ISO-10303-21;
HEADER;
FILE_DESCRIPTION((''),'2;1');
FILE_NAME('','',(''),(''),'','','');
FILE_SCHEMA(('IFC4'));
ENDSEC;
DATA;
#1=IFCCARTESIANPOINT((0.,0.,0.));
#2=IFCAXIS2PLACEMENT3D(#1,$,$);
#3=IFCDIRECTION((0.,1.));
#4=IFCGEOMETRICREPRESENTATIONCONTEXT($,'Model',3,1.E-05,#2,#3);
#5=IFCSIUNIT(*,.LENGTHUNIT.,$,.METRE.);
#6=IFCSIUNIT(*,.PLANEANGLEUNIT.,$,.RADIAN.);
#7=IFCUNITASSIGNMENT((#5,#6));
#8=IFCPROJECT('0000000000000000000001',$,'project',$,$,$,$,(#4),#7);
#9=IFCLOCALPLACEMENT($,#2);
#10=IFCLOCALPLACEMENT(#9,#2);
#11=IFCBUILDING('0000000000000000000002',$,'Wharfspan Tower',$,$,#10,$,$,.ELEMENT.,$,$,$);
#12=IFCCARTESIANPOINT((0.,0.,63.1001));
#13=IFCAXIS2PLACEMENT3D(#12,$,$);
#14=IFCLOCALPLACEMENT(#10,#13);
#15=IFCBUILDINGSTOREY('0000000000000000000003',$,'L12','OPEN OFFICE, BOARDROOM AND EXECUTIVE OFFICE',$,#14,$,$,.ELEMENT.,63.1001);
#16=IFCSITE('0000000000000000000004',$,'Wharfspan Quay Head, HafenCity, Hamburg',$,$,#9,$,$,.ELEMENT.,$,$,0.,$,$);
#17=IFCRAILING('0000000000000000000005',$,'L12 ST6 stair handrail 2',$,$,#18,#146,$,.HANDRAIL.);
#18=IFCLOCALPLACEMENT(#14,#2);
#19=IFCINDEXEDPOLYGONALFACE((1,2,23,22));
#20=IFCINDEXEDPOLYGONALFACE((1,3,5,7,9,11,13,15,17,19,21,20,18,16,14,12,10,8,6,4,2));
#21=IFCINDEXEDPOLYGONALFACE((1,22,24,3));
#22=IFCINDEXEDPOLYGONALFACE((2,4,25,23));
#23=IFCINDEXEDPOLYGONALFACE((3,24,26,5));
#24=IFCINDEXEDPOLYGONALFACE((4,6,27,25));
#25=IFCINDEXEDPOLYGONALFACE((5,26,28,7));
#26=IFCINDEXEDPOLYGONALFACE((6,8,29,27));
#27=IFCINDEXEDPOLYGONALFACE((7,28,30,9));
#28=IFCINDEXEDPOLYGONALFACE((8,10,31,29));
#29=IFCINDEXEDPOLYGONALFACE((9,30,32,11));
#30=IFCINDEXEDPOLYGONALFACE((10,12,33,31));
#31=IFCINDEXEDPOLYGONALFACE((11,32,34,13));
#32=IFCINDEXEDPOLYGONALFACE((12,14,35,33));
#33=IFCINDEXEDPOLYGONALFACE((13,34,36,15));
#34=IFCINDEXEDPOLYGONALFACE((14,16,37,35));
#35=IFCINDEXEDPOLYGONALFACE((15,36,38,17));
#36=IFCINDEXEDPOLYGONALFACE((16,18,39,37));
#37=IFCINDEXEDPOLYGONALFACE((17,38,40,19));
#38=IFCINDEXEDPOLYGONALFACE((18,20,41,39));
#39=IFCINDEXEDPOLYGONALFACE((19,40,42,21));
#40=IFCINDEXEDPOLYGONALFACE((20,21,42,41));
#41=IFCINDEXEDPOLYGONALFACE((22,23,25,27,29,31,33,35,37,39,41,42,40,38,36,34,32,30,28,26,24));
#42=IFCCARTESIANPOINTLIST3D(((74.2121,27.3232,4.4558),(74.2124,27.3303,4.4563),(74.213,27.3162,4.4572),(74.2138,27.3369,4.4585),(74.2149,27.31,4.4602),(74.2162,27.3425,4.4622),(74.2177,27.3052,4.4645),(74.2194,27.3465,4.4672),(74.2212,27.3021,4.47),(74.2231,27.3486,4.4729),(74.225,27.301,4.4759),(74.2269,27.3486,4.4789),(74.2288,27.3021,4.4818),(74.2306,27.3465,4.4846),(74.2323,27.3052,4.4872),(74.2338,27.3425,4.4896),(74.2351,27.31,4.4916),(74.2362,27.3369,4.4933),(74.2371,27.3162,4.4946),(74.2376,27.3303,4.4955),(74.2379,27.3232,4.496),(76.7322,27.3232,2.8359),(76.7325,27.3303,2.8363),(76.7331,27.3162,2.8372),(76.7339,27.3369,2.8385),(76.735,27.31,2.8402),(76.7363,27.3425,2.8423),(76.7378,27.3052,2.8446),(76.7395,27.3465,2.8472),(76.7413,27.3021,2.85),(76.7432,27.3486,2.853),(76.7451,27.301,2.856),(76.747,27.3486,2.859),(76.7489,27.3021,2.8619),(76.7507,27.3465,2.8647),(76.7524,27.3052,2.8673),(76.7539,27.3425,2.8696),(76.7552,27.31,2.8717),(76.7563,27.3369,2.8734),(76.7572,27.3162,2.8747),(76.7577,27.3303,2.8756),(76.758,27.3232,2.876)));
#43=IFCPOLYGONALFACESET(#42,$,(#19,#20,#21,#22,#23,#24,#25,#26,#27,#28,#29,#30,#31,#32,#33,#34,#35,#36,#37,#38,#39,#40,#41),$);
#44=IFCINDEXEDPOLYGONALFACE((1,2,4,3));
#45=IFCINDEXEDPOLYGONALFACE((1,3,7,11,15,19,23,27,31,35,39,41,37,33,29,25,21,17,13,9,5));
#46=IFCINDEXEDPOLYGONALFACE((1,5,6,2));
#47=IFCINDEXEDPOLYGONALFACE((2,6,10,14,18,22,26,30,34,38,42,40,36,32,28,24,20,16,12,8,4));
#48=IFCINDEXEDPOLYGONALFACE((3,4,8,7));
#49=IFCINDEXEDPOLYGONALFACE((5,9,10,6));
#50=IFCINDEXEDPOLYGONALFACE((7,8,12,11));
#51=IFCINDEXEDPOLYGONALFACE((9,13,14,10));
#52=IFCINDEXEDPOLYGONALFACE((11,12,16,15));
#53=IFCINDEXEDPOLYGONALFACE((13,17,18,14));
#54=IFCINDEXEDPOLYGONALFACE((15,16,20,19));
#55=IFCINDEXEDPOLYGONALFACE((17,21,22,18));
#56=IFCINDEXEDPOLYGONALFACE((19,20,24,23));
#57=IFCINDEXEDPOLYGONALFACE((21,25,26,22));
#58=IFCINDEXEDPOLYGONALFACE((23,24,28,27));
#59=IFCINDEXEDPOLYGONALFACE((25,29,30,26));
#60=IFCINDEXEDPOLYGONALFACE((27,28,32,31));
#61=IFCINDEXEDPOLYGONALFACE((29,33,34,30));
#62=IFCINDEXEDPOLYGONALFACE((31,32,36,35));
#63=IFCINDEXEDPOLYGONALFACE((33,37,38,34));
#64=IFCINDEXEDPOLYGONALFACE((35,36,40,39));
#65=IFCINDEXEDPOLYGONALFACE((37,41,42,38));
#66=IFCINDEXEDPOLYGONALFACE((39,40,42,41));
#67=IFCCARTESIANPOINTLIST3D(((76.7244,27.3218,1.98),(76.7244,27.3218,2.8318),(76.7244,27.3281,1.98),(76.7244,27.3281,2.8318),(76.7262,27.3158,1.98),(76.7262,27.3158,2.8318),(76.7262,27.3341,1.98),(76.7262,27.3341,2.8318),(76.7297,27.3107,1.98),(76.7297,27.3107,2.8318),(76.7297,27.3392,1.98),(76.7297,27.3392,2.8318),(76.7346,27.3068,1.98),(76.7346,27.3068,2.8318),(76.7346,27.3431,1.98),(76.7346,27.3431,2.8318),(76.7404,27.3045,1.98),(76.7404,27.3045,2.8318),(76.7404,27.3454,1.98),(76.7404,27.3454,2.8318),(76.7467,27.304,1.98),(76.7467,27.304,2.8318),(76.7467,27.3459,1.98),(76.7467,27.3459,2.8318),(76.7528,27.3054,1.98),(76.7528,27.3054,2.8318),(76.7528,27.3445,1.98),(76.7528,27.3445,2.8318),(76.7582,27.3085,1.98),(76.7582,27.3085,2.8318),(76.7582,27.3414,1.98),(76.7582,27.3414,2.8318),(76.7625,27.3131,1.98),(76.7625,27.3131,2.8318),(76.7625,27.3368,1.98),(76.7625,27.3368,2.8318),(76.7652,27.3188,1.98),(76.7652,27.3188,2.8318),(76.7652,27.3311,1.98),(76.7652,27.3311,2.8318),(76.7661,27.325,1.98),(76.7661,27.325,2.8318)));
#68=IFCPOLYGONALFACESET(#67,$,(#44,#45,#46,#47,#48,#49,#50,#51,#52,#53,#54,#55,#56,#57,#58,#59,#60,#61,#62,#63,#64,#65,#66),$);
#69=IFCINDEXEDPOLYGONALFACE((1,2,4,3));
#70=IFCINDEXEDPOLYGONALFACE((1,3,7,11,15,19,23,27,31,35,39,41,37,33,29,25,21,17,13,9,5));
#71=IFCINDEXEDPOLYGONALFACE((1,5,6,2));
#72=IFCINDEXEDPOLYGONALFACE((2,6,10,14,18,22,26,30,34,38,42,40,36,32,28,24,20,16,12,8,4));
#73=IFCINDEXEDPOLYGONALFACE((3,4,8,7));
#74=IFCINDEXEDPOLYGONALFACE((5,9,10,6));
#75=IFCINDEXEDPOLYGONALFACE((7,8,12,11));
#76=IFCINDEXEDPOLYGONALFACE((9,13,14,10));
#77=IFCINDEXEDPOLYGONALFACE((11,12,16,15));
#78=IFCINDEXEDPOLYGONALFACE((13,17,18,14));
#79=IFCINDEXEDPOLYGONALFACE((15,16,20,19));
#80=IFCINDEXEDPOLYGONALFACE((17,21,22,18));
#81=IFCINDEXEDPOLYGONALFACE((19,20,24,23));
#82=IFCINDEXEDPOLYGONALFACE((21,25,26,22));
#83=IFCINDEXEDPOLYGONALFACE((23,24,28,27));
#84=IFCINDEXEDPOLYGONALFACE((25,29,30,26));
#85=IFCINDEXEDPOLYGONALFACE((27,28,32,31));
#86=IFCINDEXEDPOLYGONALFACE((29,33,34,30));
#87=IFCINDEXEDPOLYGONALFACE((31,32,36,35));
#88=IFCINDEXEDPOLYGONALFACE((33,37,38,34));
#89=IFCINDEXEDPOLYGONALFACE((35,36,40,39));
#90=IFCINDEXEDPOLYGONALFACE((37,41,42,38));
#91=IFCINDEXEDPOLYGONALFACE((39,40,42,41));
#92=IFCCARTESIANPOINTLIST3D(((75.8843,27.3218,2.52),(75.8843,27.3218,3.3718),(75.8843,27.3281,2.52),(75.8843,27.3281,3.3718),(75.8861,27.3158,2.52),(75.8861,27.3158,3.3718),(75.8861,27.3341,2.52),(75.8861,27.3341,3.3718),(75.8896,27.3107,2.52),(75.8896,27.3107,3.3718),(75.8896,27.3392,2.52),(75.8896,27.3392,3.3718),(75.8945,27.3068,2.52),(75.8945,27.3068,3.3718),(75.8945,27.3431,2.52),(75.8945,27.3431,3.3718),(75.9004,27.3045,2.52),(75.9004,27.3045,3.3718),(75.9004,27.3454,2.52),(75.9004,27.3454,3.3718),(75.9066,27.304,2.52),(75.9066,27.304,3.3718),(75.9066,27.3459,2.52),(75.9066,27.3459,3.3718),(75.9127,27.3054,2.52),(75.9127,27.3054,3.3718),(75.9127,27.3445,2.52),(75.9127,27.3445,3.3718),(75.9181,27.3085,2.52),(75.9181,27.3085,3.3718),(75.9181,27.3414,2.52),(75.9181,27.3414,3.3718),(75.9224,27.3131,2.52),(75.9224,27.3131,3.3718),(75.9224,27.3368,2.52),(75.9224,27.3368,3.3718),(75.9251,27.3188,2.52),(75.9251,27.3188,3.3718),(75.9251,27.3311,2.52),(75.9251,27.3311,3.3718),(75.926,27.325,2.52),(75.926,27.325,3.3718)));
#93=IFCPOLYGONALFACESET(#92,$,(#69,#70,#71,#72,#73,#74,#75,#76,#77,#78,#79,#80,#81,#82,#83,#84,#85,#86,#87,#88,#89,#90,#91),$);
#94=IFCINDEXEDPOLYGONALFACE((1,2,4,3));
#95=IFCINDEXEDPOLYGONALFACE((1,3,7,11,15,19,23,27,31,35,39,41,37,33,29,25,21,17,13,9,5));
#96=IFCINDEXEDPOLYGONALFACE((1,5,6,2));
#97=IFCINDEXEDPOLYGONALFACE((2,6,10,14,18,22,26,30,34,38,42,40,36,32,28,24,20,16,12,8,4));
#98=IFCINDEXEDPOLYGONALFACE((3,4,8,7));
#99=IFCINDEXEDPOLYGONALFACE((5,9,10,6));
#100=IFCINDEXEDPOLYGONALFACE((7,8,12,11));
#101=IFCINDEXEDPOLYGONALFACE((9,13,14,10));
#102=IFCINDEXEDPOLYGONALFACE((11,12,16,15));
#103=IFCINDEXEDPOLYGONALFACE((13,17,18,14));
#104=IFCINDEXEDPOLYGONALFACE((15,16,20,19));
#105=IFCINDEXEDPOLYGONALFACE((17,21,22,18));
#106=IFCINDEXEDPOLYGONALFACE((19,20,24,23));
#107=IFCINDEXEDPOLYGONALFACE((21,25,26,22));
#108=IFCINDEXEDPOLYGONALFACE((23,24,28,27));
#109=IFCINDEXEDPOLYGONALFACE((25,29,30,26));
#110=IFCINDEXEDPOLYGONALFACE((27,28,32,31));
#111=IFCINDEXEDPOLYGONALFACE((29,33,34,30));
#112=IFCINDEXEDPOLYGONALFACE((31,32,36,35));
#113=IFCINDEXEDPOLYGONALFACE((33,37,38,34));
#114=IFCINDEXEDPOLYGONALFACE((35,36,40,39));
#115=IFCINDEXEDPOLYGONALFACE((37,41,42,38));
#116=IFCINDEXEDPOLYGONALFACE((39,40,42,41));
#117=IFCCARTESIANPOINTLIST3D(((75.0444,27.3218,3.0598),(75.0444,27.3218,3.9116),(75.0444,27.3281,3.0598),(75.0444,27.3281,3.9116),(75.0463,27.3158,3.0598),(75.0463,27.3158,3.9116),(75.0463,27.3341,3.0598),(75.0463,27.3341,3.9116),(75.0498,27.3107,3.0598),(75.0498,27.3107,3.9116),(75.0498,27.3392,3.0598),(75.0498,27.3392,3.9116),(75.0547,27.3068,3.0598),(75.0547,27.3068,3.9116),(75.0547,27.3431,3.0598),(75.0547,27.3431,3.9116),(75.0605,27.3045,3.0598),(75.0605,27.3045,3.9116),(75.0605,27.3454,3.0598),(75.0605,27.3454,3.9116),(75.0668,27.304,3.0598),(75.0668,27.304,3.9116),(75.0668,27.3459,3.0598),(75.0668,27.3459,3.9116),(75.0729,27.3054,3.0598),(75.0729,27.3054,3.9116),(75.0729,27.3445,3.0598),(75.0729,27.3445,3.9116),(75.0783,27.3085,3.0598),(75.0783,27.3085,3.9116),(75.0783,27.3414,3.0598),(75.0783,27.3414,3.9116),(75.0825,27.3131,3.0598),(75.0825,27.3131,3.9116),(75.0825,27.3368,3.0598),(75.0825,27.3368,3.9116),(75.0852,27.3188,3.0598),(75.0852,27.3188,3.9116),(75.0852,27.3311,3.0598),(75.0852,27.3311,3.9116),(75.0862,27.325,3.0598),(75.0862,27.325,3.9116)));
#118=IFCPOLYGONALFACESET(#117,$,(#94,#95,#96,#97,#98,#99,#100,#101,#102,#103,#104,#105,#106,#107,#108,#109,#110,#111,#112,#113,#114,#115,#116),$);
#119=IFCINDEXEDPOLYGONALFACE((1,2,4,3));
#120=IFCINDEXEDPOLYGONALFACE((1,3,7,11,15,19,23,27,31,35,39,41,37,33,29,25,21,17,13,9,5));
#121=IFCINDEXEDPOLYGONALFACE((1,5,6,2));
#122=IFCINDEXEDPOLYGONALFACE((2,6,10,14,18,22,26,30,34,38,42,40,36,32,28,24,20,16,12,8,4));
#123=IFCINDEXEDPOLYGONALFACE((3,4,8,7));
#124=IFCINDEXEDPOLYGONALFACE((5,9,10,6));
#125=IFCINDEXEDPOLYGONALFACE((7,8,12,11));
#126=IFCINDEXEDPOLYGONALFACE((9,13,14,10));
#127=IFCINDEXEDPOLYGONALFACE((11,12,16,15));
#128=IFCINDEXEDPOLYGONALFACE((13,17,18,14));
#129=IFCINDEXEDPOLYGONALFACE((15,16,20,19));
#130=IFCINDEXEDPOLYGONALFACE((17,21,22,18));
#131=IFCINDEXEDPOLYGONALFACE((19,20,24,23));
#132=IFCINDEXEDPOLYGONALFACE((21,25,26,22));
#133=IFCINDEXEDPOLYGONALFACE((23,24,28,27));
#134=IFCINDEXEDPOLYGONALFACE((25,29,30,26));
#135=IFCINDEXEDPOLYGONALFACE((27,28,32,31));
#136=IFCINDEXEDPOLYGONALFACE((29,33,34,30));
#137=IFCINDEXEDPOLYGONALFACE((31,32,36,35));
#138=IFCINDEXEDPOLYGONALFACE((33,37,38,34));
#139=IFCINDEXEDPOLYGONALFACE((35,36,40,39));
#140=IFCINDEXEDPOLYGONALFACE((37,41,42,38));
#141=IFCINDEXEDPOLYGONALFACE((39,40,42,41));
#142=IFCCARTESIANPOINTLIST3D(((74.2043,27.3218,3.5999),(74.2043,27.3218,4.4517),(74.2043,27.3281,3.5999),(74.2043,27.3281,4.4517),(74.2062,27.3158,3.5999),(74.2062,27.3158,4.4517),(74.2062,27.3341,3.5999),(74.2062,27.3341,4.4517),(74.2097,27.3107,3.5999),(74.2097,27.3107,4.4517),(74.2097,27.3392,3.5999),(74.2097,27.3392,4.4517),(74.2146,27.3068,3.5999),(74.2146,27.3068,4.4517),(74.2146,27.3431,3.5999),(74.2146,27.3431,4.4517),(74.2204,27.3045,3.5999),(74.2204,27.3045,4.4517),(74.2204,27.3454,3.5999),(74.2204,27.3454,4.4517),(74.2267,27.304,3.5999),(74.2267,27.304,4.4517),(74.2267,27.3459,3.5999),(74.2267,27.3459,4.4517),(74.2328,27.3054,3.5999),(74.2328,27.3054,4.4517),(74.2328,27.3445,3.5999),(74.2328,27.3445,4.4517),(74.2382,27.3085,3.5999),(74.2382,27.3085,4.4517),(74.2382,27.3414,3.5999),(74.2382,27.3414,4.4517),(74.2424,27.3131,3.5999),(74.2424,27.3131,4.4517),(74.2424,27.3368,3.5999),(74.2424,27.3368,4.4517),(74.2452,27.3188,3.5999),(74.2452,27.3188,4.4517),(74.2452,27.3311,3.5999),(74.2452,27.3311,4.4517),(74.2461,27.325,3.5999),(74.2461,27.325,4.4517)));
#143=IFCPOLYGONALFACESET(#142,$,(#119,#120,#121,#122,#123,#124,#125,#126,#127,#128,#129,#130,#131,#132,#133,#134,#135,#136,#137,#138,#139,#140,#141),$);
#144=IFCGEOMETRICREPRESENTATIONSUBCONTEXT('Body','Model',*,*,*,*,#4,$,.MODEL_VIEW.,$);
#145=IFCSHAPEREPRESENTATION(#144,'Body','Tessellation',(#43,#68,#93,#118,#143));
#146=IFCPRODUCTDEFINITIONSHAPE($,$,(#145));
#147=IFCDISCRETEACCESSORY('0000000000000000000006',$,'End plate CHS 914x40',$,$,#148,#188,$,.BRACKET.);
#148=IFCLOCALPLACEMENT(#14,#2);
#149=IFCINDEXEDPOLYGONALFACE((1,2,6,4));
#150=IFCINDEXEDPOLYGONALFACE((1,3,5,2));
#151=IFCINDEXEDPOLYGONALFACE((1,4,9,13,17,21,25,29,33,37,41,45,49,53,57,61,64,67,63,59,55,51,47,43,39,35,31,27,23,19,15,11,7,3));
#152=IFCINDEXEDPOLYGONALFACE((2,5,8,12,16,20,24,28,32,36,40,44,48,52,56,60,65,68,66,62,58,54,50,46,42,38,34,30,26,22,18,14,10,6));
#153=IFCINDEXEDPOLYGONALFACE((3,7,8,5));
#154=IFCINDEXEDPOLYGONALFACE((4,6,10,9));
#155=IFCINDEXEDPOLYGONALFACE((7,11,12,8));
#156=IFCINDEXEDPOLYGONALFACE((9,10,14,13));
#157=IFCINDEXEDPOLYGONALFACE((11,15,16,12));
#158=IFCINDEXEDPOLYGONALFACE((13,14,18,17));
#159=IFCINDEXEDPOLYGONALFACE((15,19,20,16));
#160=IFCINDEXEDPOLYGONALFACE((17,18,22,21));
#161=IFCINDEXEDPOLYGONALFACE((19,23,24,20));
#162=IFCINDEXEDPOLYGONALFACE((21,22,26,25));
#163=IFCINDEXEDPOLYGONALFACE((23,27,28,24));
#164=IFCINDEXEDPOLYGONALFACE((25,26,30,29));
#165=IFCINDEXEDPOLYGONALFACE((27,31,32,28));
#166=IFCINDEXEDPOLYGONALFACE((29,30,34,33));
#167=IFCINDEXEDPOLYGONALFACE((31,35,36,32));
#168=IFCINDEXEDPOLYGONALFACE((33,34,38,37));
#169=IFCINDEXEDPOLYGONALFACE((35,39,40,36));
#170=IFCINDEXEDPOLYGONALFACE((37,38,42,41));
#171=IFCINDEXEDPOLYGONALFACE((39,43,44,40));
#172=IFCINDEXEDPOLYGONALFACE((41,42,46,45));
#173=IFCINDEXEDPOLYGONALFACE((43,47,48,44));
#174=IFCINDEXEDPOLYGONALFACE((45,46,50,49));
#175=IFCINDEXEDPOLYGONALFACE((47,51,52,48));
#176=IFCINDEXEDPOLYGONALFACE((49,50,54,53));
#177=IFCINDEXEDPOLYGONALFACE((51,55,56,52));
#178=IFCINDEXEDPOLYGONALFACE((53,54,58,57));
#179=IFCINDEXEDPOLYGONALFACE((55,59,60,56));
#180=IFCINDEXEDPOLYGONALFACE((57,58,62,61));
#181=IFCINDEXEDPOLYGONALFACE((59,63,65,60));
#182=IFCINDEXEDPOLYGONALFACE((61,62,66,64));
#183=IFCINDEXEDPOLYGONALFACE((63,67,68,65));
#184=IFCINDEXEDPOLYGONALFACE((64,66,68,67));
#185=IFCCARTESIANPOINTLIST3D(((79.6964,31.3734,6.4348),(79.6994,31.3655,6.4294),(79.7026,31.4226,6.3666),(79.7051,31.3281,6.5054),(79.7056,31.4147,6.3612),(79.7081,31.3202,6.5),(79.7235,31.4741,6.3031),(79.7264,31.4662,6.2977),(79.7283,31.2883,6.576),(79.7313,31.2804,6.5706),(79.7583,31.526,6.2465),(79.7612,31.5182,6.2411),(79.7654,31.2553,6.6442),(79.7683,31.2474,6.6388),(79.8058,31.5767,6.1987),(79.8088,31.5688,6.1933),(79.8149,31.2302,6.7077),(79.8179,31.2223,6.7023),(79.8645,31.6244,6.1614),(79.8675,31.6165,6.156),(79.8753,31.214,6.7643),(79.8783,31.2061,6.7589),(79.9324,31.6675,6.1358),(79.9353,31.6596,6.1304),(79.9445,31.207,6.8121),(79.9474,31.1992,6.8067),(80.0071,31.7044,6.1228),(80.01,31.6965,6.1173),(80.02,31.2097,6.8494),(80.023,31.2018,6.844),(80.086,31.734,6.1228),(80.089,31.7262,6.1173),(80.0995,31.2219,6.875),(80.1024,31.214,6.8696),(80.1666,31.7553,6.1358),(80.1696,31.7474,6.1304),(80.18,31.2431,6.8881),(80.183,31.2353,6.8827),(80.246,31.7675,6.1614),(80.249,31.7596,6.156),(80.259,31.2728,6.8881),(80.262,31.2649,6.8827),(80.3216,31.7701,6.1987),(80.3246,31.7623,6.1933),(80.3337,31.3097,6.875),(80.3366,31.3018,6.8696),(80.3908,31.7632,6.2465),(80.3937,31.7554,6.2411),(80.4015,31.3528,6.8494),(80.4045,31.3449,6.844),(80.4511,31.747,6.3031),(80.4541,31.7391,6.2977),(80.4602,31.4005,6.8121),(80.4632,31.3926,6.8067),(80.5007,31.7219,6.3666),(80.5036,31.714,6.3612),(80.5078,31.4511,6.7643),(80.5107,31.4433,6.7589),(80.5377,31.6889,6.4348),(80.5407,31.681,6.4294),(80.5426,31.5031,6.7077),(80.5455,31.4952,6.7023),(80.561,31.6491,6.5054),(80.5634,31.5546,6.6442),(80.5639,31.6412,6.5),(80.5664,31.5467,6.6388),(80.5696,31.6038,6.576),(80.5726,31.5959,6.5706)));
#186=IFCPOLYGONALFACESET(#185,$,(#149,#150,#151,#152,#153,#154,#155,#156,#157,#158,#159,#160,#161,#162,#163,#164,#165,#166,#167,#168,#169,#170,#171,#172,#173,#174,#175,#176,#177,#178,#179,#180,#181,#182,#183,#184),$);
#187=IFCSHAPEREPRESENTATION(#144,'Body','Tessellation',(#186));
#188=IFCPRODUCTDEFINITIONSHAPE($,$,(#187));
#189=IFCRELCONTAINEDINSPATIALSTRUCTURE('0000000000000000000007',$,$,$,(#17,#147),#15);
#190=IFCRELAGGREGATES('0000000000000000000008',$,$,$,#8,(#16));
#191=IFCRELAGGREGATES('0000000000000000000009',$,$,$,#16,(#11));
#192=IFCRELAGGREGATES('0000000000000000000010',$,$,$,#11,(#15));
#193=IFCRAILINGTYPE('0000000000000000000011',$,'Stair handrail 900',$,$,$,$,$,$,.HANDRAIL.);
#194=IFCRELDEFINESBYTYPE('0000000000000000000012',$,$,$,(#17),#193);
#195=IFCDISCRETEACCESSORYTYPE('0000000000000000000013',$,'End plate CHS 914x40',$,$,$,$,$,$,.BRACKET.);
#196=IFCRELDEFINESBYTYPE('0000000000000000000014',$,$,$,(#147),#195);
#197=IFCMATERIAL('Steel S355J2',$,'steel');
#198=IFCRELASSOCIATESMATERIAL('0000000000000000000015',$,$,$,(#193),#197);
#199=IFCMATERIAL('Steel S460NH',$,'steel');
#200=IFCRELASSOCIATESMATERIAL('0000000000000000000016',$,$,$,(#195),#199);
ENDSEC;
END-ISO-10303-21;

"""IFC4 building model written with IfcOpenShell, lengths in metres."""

from ifc_helpers import new_model, si_unit, direction, frame, origin, origin_2d, place, context, subcontext, project, spatial, circle, extrude, material, material_profile, profile_set, type_object, element, save


model = new_model("IFC4")

# Units and contexts
model_context = context("Model", 3, precision=1e-05, world=origin(), true_north=direction((0.0, 1.0)))
body_context = subcontext(model_context, "Body", "Model", "MODEL_VIEW")
ifc_project = project(units=[si_unit("LENGTHUNIT", "METRE"), si_unit("PLANEANGLEUNIT", "RADIAN")], contexts=[model_context])

# Site, building, storey
site_placement = place(None, origin())
site = spatial("IfcSite", under=ifc_project, at=site_placement, Name="Wharfspan Quay Head, HafenCity, Hamburg", CompositionType="ELEMENT", RefElevation=0.0)
building_placement = place(site_placement, origin())
building = spatial("IfcBuilding", under=site, at=building_placement, Name="Wharfspan Tower", CompositionType="ELEMENT")
storey_placement = place(building_placement, frame((0.0, 0.0, 63.1001)))
storey = spatial("IfcBuildingStorey", under=building, at=storey_placement, Name="L12", Description="OPEN OFFICE, BOARDROOM AND EXECUTIVE OFFICE", CompositionType="ELEMENT", Elevation=63.1001)

# Shared definitions
ifc_material_1 = material(Name="Steel S355J2", Category="steel")

# Railing
railing_type = type_object("IfcRailingType", Name="Stair handrail 900", PredefinedType="HANDRAIL", material=ifc_material_1)
railing_placement = place(storey_placement, frame((76.7451, 27.325, 1.98)))
element("IfcRailing", 1, at=railing_placement, inside=storey, type_object=railing_type, Name="L12 ST6 stair handrail 2", PredefinedType="HANDRAIL", context=body_context, shape_type="SweptSolid", body=[
    extrude(circle(Radius=0.0239, at=origin_2d()), frame((0.0, 0.0, 0.876), z_axis=(-0.8412, 0.0, 0.540725), x_axis=(0.0, -1.0, 0.0)), (0.0, 0.0, 1.0), 2.9958),
    extrude(circle(Radius=0.021, at=origin_2d()), origin(), (0.0, 0.0, 1.0), 0.8518),
    extrude(circle(Radius=0.021, at=origin_2d()), frame((-0.8401, 0.0, 0.54)), (0.0, 0.0, 1.0), 0.8518),
    extrude(circle(Radius=0.021, at=origin_2d()), frame((-1.6799, 0.0, 1.0798)), (0.0, 0.0, 1.0), 0.8518),
    extrude(circle(Radius=0.021, at=origin_2d()), frame((-2.52, 0.0, 1.6199)), (0.0, 0.0, 1.0), 0.8518),
])

# Discrete accessory
ifc_material_2 = material(Name="Steel S460NH", Category="steel")
ifc_material_profile_1 = material_profile(ifc_material_2, circle(Radius=0.457, at=origin_2d()))
ifc_profile_set_1 = profile_set([ifc_material_profile_1], Name="Steel S460NH")
discrete_accessory_type = type_object("IfcDiscreteAccessoryType", Name="End plate CHS 914x40", PredefinedType="BRACKET", material=ifc_profile_set_1)
discrete_accessory_placement = place(storey_placement, frame((80.136, 31.4807, 6.5), z_axis=(-0.295241, 0.787309, 0.541275), x_axis=(-0.936333, -0.351125, 0.0)))
element("IfcDiscreteAccessory", 2, at=discrete_accessory_placement, inside=storey, type_object=discrete_accessory_type, Name="End plate CHS 914x40", PredefinedType="BRACKET", context=body_context, shape_type="SweptSolid", body=[
    extrude(circle(Radius=0.457, at=origin_2d()), origin(), (0.0, 0.0, 1.0), 0.01),
])

save(model, "model.ifc")
